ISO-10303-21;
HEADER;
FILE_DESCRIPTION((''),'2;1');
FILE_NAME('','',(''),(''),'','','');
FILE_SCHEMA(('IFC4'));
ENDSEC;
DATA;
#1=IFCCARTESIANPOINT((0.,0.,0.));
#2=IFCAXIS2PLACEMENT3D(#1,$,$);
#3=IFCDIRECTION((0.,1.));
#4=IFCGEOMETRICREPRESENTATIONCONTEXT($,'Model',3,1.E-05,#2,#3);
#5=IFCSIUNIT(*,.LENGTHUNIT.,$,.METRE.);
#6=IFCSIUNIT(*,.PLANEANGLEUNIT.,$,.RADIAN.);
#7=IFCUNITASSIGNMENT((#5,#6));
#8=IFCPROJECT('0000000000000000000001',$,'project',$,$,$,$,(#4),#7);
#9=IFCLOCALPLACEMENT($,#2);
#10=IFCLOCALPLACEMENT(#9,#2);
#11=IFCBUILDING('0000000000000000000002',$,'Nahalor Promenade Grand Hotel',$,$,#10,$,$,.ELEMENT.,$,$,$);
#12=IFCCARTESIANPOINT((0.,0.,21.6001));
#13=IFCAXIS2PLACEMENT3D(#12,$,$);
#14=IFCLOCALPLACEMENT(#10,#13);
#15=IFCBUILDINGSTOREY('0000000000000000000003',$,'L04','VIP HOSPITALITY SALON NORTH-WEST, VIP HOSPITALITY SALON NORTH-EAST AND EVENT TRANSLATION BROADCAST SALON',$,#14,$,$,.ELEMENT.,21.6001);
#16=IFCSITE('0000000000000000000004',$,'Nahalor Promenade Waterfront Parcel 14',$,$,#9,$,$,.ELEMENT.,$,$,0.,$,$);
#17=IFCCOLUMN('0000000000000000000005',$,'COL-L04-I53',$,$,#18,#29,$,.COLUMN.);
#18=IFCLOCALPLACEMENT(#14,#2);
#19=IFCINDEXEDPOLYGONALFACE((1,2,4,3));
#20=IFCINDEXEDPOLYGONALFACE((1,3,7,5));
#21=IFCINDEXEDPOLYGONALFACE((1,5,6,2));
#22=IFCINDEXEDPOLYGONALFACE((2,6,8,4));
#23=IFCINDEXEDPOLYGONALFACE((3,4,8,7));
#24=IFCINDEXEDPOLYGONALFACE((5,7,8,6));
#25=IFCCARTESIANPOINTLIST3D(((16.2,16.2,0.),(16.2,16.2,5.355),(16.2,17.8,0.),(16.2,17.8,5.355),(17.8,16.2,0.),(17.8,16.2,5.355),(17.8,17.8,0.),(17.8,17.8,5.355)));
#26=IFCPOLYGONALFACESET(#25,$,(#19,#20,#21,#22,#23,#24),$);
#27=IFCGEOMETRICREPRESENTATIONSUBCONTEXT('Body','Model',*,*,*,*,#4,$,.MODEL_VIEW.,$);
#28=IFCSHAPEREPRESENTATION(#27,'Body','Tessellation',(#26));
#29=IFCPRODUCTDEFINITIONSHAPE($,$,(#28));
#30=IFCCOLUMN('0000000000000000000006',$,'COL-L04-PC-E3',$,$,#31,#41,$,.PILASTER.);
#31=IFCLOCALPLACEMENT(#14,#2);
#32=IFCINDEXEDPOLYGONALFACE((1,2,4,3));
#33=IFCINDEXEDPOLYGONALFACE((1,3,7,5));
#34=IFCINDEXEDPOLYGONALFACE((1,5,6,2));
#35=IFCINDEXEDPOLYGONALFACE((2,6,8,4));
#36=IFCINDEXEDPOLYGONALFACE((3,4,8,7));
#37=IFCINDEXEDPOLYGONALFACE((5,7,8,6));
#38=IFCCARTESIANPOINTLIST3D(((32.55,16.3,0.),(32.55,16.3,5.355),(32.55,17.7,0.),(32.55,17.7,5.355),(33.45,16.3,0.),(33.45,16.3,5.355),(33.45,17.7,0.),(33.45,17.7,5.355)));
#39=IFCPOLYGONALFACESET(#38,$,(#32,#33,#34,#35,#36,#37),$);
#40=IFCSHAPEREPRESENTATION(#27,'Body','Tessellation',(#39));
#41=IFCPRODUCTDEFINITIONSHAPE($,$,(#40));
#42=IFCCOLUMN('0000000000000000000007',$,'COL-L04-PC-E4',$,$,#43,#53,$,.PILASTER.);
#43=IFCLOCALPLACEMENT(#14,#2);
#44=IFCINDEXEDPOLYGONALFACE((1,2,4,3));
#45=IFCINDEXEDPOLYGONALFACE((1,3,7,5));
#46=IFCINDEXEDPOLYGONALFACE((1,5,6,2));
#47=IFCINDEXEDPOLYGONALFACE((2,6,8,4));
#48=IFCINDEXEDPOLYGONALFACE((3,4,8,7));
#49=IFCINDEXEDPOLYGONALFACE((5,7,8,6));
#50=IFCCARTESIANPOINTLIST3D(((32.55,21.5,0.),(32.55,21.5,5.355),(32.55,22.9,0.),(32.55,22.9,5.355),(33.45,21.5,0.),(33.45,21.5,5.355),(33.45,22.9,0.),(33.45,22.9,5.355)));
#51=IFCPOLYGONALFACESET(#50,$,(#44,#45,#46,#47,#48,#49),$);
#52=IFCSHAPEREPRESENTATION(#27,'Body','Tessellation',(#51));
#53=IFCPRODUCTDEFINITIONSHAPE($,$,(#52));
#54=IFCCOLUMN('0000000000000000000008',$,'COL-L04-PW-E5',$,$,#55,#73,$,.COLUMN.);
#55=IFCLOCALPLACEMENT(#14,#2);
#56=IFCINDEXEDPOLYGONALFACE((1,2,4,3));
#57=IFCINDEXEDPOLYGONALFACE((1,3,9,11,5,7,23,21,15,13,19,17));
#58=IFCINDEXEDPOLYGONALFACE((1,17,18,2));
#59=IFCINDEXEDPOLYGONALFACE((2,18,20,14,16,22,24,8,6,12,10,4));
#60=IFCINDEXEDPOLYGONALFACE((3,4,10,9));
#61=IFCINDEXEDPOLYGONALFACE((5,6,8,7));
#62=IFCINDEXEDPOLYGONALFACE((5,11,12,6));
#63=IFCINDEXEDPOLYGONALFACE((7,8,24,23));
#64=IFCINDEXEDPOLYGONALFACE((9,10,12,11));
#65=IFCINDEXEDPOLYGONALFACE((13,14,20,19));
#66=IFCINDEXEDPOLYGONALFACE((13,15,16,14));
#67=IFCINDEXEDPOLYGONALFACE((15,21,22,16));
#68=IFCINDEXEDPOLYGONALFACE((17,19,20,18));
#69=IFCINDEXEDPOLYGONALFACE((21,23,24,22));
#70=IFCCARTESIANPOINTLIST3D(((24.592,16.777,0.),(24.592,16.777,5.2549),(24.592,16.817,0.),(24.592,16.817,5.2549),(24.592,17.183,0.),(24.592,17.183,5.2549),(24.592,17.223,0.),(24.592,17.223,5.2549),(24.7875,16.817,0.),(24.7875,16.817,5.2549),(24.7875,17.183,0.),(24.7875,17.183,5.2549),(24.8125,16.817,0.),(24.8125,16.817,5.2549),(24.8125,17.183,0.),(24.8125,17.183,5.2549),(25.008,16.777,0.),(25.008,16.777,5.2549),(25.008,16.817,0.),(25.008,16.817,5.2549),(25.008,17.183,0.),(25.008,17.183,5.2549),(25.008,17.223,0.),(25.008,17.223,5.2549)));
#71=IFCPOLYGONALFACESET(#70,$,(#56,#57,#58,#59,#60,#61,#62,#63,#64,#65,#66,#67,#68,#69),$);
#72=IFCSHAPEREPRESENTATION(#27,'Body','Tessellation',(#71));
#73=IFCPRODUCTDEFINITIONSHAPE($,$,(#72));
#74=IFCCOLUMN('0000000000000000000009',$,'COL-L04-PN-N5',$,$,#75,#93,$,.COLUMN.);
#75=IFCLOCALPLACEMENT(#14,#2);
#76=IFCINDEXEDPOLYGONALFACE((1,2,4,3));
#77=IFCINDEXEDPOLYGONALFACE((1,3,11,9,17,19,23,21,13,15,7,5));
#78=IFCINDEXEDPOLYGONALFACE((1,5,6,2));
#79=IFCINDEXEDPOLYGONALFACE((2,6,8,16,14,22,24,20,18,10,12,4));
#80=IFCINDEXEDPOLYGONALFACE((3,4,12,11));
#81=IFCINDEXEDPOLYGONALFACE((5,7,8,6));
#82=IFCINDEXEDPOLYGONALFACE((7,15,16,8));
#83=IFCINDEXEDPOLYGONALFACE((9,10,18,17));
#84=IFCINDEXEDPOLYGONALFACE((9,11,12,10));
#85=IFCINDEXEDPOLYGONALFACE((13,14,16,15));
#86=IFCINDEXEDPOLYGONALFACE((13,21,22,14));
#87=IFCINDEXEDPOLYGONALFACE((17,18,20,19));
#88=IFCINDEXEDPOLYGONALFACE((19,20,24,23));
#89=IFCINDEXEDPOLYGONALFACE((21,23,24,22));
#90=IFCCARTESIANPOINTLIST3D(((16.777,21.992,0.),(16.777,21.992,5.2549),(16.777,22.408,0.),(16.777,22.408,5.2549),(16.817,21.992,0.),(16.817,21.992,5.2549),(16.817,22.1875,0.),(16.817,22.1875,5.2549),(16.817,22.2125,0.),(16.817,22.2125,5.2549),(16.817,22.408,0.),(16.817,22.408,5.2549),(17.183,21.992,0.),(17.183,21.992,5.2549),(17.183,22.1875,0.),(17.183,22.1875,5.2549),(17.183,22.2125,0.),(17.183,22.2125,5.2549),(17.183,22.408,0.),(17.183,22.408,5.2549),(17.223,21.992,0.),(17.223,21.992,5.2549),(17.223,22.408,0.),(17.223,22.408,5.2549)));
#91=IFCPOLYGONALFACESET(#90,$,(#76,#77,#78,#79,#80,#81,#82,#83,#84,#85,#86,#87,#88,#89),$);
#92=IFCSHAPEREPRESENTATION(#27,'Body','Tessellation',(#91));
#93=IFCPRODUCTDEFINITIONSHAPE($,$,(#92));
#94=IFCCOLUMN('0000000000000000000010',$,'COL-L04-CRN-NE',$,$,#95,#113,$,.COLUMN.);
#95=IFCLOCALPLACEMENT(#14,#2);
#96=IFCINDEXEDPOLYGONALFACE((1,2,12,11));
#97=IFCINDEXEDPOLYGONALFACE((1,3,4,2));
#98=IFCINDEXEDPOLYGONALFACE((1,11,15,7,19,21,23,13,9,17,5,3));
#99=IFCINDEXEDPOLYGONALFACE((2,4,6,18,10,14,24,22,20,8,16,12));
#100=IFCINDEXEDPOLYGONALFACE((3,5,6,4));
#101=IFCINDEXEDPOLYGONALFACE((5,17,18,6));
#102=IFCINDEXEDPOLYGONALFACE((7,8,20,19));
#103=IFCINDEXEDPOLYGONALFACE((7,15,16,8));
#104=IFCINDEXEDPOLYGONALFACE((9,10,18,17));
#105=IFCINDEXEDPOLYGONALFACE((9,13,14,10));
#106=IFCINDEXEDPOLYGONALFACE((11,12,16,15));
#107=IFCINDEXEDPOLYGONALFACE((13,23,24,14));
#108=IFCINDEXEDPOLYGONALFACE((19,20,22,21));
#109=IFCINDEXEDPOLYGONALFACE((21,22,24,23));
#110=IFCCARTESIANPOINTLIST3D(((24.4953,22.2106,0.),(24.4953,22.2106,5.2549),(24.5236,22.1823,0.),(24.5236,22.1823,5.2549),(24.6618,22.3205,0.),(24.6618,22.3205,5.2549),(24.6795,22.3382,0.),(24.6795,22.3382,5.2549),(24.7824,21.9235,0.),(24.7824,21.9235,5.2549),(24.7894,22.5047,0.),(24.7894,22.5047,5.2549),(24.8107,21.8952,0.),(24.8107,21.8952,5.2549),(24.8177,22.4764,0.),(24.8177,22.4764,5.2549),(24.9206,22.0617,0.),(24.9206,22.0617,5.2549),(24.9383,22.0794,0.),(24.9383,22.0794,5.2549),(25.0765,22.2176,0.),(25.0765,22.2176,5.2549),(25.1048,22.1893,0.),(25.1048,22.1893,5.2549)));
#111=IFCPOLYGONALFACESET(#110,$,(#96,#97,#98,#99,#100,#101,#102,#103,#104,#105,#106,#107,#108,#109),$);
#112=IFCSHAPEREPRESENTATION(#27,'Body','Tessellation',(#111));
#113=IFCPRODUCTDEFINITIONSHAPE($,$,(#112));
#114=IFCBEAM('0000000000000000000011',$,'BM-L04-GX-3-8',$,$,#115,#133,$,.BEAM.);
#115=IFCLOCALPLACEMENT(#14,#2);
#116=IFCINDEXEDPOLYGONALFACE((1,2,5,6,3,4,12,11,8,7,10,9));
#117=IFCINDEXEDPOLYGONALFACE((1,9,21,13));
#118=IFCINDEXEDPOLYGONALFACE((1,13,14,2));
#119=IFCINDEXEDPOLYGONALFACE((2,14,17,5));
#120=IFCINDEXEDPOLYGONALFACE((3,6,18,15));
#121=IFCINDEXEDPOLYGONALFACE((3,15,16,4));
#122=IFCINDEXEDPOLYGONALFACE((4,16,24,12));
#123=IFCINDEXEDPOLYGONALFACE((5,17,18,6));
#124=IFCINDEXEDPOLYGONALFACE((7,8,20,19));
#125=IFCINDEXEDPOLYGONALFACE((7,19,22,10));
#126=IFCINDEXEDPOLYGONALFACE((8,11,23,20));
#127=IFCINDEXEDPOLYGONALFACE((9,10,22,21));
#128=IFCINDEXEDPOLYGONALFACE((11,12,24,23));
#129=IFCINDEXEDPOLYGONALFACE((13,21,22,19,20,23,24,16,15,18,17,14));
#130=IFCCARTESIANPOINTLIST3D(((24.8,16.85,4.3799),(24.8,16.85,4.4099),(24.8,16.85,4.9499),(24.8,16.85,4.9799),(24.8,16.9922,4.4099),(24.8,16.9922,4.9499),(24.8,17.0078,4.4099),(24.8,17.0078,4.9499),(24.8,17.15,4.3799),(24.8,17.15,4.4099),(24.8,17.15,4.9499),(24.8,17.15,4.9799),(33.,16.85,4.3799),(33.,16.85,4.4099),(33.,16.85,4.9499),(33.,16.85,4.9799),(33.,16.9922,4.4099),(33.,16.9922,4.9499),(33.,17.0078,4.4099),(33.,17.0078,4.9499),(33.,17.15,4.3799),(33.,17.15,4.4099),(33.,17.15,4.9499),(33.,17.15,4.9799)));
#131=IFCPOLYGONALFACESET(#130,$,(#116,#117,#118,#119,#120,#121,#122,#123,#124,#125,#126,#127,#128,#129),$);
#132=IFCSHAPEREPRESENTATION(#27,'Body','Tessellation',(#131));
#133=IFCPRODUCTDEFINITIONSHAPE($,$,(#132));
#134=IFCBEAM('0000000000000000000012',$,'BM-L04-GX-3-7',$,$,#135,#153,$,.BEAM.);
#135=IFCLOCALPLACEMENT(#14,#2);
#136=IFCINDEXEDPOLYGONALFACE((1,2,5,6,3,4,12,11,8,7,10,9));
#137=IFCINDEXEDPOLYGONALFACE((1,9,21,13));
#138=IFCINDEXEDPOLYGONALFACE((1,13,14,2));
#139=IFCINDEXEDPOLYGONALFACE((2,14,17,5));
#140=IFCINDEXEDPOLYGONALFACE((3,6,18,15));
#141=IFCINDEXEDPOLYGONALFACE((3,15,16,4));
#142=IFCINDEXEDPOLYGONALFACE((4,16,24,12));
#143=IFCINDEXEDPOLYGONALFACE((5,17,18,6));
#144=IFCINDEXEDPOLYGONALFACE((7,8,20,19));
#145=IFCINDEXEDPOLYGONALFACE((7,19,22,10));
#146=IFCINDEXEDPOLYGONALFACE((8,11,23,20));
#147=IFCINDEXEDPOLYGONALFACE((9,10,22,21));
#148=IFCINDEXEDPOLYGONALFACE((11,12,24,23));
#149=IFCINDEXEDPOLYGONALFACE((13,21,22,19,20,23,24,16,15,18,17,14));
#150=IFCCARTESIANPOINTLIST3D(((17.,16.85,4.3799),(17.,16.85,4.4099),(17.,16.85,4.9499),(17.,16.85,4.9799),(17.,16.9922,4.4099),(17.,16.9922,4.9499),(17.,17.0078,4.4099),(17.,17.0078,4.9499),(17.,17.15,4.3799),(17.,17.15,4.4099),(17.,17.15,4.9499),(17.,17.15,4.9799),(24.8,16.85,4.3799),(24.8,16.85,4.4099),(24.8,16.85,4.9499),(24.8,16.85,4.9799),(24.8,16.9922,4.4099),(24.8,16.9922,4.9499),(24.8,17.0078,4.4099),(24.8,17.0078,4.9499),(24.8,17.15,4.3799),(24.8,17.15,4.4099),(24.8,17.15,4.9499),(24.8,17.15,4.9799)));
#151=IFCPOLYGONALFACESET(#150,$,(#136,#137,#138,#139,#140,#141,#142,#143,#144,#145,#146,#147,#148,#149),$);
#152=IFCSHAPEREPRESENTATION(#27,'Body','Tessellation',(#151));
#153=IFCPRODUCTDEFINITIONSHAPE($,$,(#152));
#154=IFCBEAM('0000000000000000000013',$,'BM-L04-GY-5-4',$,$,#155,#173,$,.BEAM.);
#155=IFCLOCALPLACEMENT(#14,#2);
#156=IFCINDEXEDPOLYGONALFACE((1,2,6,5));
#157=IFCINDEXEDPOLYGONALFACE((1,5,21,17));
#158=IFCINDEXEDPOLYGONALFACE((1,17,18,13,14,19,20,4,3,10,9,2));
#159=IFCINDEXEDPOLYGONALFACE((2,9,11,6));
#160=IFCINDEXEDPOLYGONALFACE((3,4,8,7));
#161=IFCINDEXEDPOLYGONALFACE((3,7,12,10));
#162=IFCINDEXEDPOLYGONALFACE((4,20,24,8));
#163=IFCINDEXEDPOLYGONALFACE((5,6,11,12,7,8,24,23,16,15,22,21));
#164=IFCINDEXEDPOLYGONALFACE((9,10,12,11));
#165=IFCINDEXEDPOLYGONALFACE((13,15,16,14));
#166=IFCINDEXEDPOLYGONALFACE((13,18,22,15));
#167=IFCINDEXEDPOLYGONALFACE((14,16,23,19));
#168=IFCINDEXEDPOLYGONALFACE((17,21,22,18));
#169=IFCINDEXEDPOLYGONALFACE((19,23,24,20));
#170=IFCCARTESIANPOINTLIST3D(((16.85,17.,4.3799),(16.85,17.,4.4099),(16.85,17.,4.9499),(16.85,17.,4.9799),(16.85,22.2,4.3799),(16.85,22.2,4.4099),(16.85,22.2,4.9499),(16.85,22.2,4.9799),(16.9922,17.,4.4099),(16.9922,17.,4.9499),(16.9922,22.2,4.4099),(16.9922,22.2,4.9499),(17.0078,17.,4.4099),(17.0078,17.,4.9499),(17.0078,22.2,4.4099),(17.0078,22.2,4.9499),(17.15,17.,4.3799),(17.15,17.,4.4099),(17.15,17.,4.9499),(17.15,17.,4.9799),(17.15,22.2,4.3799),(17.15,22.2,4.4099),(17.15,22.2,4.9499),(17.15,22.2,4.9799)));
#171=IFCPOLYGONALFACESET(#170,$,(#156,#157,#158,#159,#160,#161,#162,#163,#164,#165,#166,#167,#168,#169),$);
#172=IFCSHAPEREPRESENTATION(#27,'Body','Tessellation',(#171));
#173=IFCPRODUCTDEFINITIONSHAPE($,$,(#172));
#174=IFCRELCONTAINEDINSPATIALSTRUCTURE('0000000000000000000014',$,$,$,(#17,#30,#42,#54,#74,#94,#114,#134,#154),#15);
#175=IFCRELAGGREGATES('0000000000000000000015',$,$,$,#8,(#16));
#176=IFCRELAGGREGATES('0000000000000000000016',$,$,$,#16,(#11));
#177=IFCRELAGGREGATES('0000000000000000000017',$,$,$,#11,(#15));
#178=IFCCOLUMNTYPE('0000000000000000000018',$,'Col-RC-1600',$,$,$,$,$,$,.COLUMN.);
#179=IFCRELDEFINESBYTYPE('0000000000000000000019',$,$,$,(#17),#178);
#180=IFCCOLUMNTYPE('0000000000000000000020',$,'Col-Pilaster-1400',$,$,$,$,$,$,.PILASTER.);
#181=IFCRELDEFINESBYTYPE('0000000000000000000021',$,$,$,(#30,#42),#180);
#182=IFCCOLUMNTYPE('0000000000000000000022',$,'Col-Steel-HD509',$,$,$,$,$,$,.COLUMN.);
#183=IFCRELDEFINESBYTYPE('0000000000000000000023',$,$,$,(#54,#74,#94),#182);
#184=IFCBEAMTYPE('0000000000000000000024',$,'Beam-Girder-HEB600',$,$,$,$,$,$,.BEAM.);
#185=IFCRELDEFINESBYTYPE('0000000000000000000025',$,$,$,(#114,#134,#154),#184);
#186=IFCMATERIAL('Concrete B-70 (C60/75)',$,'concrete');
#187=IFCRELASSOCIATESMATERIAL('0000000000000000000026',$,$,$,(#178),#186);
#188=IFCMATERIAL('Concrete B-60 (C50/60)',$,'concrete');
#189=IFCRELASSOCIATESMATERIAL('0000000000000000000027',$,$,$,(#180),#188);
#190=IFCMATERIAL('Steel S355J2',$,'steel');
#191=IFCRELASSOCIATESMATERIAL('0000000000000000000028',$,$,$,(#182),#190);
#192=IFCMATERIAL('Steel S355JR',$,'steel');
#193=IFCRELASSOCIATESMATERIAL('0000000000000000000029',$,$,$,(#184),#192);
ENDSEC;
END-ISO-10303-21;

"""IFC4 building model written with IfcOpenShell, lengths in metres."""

from ifc_helpers import new_model, si_unit, direction, frame, origin, origin_2d, place, context, subcontext, project, spatial, rectangle, i_section, extrude, source, transform, mapped, material, material_profile, profile_set, type_object, element, save


model = new_model("IFC4")

# Units and contexts
model_context = context("Model", 3, precision=1e-05, world=origin(), true_north=direction((0.0, 1.0)))
body_context = subcontext(model_context, "Body", "Model", "MODEL_VIEW")
ifc_project = project(units=[si_unit("LENGTHUNIT", "METRE"), si_unit("PLANEANGLEUNIT", "RADIAN")], contexts=[model_context])

# Site, building, storey
site_placement = place(None, origin())
site = spatial("IfcSite", under=ifc_project, at=site_placement, Name="Nahalor Promenade Waterfront Parcel 14", CompositionType="ELEMENT", RefElevation=0.0)
building_placement = place(site_placement, origin())
building = spatial("IfcBuilding", under=site, at=building_placement, Name="Nahalor Promenade Grand Hotel", CompositionType="ELEMENT")
storey_placement = place(building_placement, frame((0.0, 0.0, 21.6001)))
storey = spatial("IfcBuildingStorey", under=building, at=storey_placement, Name="L04", Description="VIP HOSPITALITY SALON NORTH-WEST, VIP HOSPITALITY SALON NORTH-EAST AND EVENT TRANSLATION BROADCAST SALON", CompositionType="ELEMENT", Elevation=21.6001)

# Columns
ifc_material_1 = material(Name="Concrete B-70 (C60/75)", Category="concrete")
ifc_material_profile_1 = material_profile(ifc_material_1, rectangle(XDim=1.6, YDim=1.6, at=origin_2d()), Name="RC 1600x1600")
ifc_profile_set_1 = profile_set([ifc_material_profile_1], Name="Concrete B-70 (C60/75)")
column_type_1 = type_object("IfcColumnType", Name="Col-RC-1600", PredefinedType="COLUMN", material=ifc_profile_set_1)
shared_shape_1 = source(origin(), body_context, "Body", "SweptSolid", [
    extrude(rectangle(XDim=1.6, YDim=1.6, at=origin_2d()), origin(), (0.0, 0.0, 1.0), 5.355),
])
column_placement = place(storey_placement, frame((17.0, 17.0, 0.0), z_axis=(0.0, 0.0, 1.0), x_axis=(1.0, 0.0, 0.0)))
element("IfcColumn", 1, at=column_placement, inside=storey, type_object=column_type_1, Name="COL-L04-I53", PredefinedType="COLUMN", context=body_context, shape_type="MappedRepresentation", body=[
    mapped(shared_shape_1, transform((0.0, 0.0, 0.0), scale=1.0)),
])
ifc_material_2 = material(Name="Concrete B-60 (C50/60)", Category="concrete")
ifc_material_profile_2 = material_profile(ifc_material_2, rectangle(XDim=0.9, YDim=1.4, at=origin_2d()), Name="RC 900x1400")
ifc_profile_set_2 = profile_set([ifc_material_profile_2], Name="Concrete B-60 (C50/60)")
column_type_2 = type_object("IfcColumnType", Name="Col-Pilaster-1400", PredefinedType="PILASTER", material=ifc_profile_set_2)
shared_shape_2 = source(origin(), body_context, "Body", "SweptSolid", [
    extrude(rectangle(XDim=0.9, YDim=1.4, at=origin_2d()), origin(), (0.0, 0.0, 1.0), 5.355),
])
for number, where, z_axis, x_axis, name in (
    (2, (33.0, 17.0, 0.0), (0.0, 0.0, 1.0), (1.0, 0.0, 0.0), "COL-L04-PC-E3"),
    (3, (33.0, 22.2, 0.0), (0.0, 0.0, 1.0), (1.0, 0.0, 0.0), "COL-L04-PC-E4"),
):
    element("IfcColumn", number, at=place(storey_placement, frame(where, z_axis=z_axis, x_axis=x_axis)), inside=storey, type_object=column_type_2, Name=name, PredefinedType="PILASTER", context=body_context, shape_type="MappedRepresentation", body=[
        mapped(shared_shape_2, transform((0.0, 0.0, 0.0), scale=1.0)),
    ])
ifc_material_3 = material(Name="Steel S355J2", Category="steel")
ifc_material_profile_3 = material_profile(ifc_material_3, i_section(OverallWidth=0.416, OverallDepth=0.446, WebThickness=0.025, FlangeThickness=0.04, at=origin_2d()), Name="HD 400x509")
ifc_profile_set_3 = profile_set([ifc_material_profile_3], Name="Steel S355J2")
column_type_3 = type_object("IfcColumnType", Name="Col-Steel-HD509", PredefinedType="COLUMN", material=ifc_profile_set_3)
shared_shape_3 = source(origin(), body_context, "Body", "SweptSolid", [
    extrude(i_section(OverallWidth=0.416, OverallDepth=0.446, WebThickness=0.025, FlangeThickness=0.04, at=origin_2d()), origin(), (0.0, 0.0, 1.0), 5.2549),
])
for number, where, z_axis, x_axis, name in (
    (4, (24.8, 17.0, 0.0), (0.0, 0.0, 1.0), (1.0, 0.0, 0.0), "COL-L04-PW-E5"),
    (5, (17.0, 22.2, 0.0), (0.0, 0.0, 1.0), (0.0, 1.0, 0.0), "COL-L04-PN-N5"),
    (6, (24.8, 22.2, 0.0), (0.0, 0.0, 1.0), (0.707107, 0.707107, 0.0), "COL-L04-CRN-NE"),
):
    element("IfcColumn", number, at=place(storey_placement, frame(where, z_axis=z_axis, x_axis=x_axis)), inside=storey, type_object=column_type_3, Name=name, PredefinedType="COLUMN", context=body_context, shape_type="MappedRepresentation", body=[
        mapped(shared_shape_3, transform((0.0, 0.0, 0.0), scale=1.0)),
    ])

# Beams
ifc_material_4 = material(Name="Steel S355JR", Category="steel")
ifc_material_profile_4 = material_profile(ifc_material_4, i_section(OverallWidth=0.3, OverallDepth=0.6, WebThickness=0.0155, FlangeThickness=0.03, at=origin_2d()), Name="HEB 600")
ifc_profile_set_4 = profile_set([ifc_material_profile_4], Name="Steel S355JR")
beam_type_1 = type_object("IfcBeamType", Name="Beam-Girder-HEB600", PredefinedType="BEAM", material=ifc_profile_set_4)
shared_shape_4 = source(origin(), body_context, "Body", "SweptSolid", [
    extrude(i_section(OverallWidth=0.3, OverallDepth=0.6, WebThickness=0.0155, FlangeThickness=0.03, at=origin_2d()), origin(), (0.0, 0.0, 1.0), 8.2),
])
beam_1_placement = place(storey_placement, frame((24.8, 17.0, 4.6799), z_axis=(1.0, 0.0, 0.0), x_axis=(0.0, 1.0, 0.0)))
element("IfcBeam", 7, at=beam_1_placement, inside=storey, type_object=beam_type_1, Name="BM-L04-GX-3-8", PredefinedType="BEAM", context=body_context, shape_type="MappedRepresentation", body=[
    mapped(shared_shape_4, transform((0.0, 0.0, 0.0), scale=1.0)),
])
shared_shape_5 = source(origin(), body_context, "Body", "SweptSolid", [
    extrude(i_section(OverallWidth=0.3, OverallDepth=0.6, WebThickness=0.0155, FlangeThickness=0.03, at=origin_2d()), origin(), (0.0, 0.0, 1.0), 7.8),
])
beam_2_placement = place(storey_placement, frame((17.0, 17.0, 4.6799), z_axis=(1.0, 0.0, 0.0), x_axis=(0.0, 1.0, 0.0)))
element("IfcBeam", 8, at=beam_2_placement, inside=storey, type_object=beam_type_1, Name="BM-L04-GX-3-7", PredefinedType="BEAM", context=body_context, shape_type="MappedRepresentation", body=[
    mapped(shared_shape_5, transform((0.0, 0.0, 0.0), scale=1.0)),
])
shared_shape_6 = source(origin(), body_context, "Body", "SweptSolid", [
    extrude(i_section(OverallWidth=0.3, OverallDepth=0.6, WebThickness=0.0155, FlangeThickness=0.03, at=origin_2d()), origin(), (0.0, 0.0, 1.0), 5.2),
])
beam_3_placement = place(storey_placement, frame((17.0, 17.0, 4.6799), z_axis=(0.0, 1.0, 0.0), x_axis=(-1.0, 0.0, 0.0)))
element("IfcBeam", 9, at=beam_3_placement, inside=storey, type_object=beam_type_1, Name="BM-L04-GY-5-4", PredefinedType="BEAM", context=body_context, shape_type="MappedRepresentation", body=[
    mapped(shared_shape_6, transform((0.0, 0.0, 0.0), scale=1.0)),
])

save(model, "model.ifc")
